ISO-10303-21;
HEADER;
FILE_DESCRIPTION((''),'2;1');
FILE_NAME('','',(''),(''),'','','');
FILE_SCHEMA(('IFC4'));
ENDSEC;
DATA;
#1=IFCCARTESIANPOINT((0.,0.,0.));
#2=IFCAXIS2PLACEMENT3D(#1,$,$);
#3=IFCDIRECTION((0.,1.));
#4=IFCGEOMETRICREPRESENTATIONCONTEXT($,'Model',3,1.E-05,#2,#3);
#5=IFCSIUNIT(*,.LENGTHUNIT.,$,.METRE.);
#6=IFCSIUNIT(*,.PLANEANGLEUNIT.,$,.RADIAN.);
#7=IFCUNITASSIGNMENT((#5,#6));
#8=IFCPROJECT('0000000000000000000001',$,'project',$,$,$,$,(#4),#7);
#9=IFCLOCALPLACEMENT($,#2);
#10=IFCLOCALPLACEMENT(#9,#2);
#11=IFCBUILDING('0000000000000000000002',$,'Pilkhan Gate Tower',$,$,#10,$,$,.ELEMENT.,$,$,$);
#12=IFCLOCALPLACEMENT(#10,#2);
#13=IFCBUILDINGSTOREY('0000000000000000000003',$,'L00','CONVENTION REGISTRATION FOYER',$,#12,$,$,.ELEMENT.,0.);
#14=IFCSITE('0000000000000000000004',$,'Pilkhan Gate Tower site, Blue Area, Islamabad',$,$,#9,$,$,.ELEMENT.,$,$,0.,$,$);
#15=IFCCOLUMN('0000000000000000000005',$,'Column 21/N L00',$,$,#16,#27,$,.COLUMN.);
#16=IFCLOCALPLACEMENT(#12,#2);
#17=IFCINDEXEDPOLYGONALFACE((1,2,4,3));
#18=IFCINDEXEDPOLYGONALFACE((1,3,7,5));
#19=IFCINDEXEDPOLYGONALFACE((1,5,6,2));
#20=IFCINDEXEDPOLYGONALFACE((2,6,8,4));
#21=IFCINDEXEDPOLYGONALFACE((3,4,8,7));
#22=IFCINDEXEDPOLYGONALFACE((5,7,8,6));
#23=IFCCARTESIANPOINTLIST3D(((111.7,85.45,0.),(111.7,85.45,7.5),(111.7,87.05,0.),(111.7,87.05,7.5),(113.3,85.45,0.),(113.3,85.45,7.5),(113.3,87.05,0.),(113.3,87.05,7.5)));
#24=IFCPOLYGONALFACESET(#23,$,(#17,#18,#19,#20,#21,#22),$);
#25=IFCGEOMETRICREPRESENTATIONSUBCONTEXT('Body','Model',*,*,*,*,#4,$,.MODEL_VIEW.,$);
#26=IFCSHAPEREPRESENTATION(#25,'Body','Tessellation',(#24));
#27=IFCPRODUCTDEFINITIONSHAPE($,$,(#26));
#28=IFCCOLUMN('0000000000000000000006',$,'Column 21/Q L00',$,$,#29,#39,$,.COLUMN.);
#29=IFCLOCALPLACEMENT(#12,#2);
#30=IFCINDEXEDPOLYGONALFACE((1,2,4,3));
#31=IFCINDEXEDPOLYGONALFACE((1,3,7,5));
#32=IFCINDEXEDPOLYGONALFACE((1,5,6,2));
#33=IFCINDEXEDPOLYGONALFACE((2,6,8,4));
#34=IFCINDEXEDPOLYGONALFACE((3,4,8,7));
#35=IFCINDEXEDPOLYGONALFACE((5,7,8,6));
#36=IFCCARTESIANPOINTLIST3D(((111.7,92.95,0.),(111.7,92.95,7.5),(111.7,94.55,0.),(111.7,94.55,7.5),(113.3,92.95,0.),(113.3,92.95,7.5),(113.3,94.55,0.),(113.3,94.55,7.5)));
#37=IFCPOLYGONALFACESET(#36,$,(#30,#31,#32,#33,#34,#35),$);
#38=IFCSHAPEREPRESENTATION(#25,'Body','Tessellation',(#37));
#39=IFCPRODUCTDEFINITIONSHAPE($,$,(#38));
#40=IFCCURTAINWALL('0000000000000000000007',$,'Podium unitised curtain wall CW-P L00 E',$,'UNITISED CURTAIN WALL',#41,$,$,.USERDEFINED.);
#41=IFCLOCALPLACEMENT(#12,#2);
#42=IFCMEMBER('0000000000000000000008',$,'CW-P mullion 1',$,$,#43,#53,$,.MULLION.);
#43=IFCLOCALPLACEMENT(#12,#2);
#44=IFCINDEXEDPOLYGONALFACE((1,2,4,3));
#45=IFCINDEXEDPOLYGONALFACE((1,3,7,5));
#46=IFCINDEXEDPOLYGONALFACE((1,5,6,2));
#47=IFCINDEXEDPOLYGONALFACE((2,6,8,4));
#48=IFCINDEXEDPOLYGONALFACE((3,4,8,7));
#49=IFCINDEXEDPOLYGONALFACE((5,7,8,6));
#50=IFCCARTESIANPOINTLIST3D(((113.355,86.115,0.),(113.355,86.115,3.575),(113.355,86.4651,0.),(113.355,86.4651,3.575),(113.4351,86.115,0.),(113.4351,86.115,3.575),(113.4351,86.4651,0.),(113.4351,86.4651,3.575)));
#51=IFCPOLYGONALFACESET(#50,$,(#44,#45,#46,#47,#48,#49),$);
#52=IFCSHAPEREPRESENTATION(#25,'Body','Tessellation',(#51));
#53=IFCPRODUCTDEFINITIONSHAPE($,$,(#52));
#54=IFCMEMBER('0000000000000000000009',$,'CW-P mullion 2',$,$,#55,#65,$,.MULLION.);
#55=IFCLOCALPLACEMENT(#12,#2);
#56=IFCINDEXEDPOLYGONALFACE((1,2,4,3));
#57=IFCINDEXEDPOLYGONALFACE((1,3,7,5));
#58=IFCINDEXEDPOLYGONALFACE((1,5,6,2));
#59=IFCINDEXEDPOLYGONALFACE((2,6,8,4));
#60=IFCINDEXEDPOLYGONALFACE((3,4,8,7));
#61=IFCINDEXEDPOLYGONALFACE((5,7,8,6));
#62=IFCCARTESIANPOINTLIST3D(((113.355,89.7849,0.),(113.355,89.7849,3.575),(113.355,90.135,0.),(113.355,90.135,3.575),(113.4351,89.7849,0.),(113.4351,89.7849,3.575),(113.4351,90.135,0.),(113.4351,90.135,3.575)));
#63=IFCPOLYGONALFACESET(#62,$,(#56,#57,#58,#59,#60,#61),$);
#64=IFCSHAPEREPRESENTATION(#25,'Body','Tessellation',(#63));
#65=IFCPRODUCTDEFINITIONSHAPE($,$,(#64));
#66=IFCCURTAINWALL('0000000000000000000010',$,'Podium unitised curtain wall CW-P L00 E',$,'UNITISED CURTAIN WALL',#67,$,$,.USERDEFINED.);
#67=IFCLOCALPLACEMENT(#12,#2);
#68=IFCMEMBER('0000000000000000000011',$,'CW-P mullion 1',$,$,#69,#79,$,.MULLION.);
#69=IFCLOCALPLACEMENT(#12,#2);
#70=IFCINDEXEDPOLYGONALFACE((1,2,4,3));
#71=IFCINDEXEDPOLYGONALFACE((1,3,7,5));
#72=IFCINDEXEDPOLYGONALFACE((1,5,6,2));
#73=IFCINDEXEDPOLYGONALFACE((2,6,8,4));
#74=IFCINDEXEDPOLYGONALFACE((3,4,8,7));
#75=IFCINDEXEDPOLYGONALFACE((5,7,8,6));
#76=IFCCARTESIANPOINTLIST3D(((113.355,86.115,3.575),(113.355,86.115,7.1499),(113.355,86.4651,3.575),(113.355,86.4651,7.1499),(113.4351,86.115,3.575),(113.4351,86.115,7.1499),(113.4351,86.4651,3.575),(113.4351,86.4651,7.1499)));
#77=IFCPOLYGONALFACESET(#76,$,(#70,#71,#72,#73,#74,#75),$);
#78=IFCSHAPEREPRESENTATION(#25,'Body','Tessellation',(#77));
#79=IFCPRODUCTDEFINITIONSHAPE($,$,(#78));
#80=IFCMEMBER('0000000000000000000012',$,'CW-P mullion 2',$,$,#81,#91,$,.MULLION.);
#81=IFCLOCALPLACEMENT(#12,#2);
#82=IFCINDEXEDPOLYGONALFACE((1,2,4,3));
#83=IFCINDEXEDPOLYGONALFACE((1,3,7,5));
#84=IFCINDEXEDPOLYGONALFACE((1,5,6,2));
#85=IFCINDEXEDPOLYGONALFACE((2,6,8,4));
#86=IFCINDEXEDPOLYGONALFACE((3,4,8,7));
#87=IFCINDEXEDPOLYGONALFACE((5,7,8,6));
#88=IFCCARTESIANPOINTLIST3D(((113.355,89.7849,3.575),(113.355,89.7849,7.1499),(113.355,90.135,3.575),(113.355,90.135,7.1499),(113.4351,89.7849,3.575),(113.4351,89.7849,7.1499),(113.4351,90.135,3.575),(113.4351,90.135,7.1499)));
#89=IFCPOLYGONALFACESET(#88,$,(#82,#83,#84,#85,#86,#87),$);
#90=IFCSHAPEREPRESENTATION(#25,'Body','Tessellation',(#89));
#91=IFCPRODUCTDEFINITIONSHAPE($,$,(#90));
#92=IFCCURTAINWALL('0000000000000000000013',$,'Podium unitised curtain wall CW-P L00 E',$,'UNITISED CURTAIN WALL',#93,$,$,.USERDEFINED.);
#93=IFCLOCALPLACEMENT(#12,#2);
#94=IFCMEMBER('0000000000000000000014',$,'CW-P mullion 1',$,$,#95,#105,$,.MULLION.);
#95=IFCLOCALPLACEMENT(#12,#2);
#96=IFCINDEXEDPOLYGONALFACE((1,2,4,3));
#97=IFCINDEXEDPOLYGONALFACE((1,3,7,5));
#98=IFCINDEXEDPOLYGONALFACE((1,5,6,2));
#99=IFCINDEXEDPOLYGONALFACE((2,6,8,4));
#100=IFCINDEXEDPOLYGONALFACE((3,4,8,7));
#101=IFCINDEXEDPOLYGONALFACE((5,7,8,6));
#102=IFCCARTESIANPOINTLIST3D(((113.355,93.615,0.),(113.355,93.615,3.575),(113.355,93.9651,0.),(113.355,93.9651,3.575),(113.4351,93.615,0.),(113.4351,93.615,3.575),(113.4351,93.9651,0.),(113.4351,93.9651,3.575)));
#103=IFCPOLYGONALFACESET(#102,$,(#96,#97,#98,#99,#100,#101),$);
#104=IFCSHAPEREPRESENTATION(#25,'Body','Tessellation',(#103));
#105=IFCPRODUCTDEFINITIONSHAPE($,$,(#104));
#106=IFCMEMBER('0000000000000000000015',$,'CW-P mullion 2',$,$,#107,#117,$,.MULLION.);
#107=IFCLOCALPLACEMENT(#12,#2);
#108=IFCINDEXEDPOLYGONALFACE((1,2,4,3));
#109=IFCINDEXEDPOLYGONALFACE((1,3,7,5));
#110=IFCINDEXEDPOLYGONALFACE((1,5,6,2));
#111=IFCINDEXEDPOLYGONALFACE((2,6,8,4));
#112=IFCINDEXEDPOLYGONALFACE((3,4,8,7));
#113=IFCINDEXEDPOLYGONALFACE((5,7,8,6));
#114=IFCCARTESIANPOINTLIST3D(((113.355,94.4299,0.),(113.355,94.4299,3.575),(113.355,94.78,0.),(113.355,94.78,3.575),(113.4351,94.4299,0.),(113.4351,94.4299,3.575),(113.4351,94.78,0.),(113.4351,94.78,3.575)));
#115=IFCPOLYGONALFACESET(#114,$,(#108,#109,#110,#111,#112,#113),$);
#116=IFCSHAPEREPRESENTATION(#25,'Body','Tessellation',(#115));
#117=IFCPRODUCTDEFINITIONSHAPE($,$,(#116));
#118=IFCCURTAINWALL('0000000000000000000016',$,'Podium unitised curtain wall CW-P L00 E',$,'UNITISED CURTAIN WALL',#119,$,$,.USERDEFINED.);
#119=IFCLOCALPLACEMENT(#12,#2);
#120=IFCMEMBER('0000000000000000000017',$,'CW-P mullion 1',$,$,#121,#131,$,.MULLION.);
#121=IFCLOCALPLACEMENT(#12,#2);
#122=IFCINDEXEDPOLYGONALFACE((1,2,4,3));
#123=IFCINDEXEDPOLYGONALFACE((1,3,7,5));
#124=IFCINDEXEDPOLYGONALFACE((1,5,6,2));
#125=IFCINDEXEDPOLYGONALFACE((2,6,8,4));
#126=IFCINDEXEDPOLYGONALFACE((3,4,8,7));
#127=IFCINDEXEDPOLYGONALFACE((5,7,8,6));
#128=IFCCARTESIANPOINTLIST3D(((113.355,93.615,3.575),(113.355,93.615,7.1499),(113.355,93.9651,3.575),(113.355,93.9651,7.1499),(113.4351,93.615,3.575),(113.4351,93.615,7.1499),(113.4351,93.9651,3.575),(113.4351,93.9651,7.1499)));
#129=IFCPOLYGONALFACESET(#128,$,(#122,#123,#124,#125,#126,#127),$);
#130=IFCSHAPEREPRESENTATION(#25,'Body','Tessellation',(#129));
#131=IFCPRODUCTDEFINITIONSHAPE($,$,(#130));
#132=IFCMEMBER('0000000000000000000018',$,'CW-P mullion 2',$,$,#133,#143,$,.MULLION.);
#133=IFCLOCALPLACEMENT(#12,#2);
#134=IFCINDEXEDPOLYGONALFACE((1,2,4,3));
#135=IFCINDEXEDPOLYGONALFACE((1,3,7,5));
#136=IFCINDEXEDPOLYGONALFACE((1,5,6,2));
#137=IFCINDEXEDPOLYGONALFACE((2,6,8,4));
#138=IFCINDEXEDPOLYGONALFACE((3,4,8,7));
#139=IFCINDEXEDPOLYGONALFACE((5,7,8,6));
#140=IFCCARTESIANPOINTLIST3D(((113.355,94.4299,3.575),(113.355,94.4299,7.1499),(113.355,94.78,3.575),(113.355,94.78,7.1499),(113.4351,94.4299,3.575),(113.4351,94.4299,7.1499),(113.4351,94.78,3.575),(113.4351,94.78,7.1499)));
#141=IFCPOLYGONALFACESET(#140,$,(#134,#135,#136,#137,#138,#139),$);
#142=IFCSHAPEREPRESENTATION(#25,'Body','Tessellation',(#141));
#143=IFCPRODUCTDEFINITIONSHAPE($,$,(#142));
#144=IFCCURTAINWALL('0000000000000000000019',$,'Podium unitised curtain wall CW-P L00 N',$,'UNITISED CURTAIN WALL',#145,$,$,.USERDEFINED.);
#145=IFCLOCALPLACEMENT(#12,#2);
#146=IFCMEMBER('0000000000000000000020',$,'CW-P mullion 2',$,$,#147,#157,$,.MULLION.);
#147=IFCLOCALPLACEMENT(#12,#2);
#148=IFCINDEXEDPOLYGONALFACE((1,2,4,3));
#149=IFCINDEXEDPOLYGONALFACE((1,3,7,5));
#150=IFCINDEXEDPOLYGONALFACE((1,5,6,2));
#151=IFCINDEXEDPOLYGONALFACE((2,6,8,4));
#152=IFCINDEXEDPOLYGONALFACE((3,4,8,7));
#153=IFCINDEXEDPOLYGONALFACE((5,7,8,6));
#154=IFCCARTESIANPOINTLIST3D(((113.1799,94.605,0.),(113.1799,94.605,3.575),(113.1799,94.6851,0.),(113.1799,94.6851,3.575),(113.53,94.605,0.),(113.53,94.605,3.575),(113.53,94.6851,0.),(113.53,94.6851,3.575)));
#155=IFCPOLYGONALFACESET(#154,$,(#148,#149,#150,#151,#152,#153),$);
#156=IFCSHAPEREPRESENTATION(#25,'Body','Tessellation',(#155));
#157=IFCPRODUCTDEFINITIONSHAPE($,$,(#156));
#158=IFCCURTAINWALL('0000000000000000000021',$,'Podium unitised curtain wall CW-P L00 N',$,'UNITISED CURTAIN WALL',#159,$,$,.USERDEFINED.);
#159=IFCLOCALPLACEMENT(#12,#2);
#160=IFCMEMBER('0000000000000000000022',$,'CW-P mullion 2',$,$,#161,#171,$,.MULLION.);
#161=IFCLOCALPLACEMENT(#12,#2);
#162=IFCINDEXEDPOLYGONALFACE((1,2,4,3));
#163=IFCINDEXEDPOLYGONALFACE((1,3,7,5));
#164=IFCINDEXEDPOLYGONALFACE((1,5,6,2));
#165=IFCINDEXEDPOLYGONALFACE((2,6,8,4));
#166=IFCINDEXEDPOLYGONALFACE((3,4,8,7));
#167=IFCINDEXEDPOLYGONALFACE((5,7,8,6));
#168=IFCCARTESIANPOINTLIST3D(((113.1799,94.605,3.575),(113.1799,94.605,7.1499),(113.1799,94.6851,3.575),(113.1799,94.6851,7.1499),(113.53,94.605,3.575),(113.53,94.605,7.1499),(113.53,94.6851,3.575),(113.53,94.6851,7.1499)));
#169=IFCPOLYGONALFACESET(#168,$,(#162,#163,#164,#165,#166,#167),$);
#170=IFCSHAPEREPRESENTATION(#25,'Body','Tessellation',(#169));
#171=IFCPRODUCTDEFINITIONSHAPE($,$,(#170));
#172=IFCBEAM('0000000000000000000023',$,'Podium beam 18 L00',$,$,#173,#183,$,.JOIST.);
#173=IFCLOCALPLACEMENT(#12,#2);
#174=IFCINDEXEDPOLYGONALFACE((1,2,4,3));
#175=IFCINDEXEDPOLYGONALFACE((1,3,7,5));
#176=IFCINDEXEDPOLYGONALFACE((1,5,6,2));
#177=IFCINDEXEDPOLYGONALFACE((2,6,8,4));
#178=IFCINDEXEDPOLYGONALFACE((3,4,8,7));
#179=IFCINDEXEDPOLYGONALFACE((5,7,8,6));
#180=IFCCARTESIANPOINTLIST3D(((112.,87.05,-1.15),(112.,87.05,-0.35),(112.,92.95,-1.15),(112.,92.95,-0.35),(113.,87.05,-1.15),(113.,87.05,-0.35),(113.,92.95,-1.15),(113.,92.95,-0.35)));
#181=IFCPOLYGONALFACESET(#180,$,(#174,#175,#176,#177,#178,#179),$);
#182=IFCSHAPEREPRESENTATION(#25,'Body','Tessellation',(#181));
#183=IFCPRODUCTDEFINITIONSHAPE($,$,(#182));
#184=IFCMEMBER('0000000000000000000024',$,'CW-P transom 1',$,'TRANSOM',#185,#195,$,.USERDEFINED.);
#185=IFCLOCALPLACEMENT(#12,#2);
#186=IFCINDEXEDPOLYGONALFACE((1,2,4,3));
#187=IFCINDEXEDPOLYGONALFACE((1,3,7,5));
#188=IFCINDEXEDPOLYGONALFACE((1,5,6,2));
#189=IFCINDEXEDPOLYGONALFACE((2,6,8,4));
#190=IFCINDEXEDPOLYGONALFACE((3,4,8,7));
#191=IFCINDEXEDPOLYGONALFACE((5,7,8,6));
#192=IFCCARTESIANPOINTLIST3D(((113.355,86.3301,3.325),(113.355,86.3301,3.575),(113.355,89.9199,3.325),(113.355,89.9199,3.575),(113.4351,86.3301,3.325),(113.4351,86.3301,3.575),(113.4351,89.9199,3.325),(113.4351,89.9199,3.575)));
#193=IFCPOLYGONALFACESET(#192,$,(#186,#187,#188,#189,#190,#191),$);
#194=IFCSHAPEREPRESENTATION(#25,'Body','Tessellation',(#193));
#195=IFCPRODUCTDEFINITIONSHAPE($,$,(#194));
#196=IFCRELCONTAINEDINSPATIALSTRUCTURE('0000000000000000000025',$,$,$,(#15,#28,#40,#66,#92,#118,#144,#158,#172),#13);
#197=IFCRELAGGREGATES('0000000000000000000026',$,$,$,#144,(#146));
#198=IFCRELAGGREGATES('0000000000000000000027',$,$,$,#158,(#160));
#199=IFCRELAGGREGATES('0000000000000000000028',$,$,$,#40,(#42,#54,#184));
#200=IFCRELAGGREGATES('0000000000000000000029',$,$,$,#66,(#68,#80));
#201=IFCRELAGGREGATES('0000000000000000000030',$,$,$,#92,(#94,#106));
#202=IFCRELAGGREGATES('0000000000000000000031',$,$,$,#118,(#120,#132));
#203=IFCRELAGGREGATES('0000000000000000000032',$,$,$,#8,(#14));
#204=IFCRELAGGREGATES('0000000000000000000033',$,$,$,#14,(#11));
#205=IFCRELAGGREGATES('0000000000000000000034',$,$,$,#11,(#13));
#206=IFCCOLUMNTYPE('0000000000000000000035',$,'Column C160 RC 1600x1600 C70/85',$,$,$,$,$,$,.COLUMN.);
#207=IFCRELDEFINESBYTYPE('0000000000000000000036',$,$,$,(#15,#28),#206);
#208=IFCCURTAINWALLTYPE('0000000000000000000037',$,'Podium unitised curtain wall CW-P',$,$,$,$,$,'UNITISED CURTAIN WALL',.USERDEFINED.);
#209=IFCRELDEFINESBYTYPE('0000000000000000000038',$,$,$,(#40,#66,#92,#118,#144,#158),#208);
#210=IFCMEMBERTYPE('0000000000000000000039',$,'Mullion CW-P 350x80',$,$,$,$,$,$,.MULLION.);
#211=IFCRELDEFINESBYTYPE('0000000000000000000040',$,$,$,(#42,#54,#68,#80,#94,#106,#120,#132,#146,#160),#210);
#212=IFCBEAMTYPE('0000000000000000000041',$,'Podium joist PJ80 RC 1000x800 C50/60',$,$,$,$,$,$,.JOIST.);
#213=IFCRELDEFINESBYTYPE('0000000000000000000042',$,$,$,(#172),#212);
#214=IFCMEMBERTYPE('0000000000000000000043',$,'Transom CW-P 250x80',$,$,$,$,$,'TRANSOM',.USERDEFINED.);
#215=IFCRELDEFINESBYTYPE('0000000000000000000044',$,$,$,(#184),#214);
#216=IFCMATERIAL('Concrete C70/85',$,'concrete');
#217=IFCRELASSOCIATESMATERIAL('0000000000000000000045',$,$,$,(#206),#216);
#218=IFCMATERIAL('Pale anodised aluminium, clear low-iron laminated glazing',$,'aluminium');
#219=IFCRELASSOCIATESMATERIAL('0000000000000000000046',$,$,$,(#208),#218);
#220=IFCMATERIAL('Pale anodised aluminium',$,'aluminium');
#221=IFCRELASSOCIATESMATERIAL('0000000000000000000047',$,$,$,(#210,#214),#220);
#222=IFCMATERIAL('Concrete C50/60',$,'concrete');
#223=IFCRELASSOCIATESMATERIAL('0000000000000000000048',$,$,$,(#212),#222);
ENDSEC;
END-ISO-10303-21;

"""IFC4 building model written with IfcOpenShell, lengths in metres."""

from ifc_helpers import new_model, si_unit, direction, frame, origin, origin_2d, place, context, subcontext, project, spatial, rectangle, extrude, material, material_profile, profile_set, type_object, element, aggregate, save


model = new_model("IFC4")

# Units and contexts
model_context = context("Model", 3, precision=1e-05, world=origin(), true_north=direction((0.0, 1.0)))
body_context = subcontext(model_context, "Body", "Model", "MODEL_VIEW")
ifc_project = project(units=[si_unit("LENGTHUNIT", "METRE"), si_unit("PLANEANGLEUNIT", "RADIAN")], contexts=[model_context])

# Site, building, storey
site_placement = place(None, origin())
site = spatial("IfcSite", under=ifc_project, at=site_placement, Name="Pilkhan Gate Tower site, Blue Area, Islamabad", CompositionType="ELEMENT", RefElevation=0.0)
building_placement = place(site_placement, origin())
building = spatial("IfcBuilding", under=site, at=building_placement, Name="Pilkhan Gate Tower", CompositionType="ELEMENT")
storey_placement = place(building_placement, origin())
storey = spatial("IfcBuildingStorey", under=building, at=storey_placement, Name="L00", Description="CONVENTION REGISTRATION FOYER", CompositionType="ELEMENT", Elevation=0.0)

# Columns
ifc_material_1 = material(Name="Concrete C70/85", Category="concrete")
ifc_material_profile_1 = material_profile(ifc_material_1, rectangle(XDim=1.6001, YDim=1.6001, at=origin_2d()), Name="RC 1600x1600")
ifc_profile_set_1 = profile_set([ifc_material_profile_1], Name="Concrete C70/85")
column_type = type_object("IfcColumnType", Name="Column C160 RC 1600x1600 C70/85", PredefinedType="COLUMN", material=ifc_profile_set_1)
for number, where, z_axis, x_axis, name in (
    (1, (112.5, 86.25, 0.0), (0.0, 0.0, 1.0), (1.0, 0.0, 0.0), "Column 21/N L00"),
    (2, (112.5, 93.75, 0.0), (0.0, 0.0, 1.0), (1.0, 0.0, 0.0), "Column 21/Q L00"),
):
    element("IfcColumn", number, at=place(storey_placement, frame(where, z_axis=z_axis, x_axis=x_axis)), inside=storey, type_object=column_type, Name=name, PredefinedType="COLUMN", context=body_context, shape_type="SweptSolid", body=[
        extrude(rectangle(XDim=1.6001, YDim=1.6001, at=origin_2d()), origin(), (0.0, 0.0, 1.0), 7.5),
    ])

# Curtain walls, members
ifc_material_2 = material(Name="Pale anodised aluminium, clear low-iron laminated glazing", Category="aluminium")
curtain_wall_type = type_object("IfcCurtainWallType", Name="Podium unitised curtain wall CW-P", ElementType="UNITISED CURTAIN WALL", PredefinedType="USERDEFINED", material=ifc_material_2)
curtain_wall_1_placement = place(storey_placement, origin())
curtain_wall_1 = element("IfcCurtainWall", 3, at=curtain_wall_1_placement, inside=storey, type_object=curtain_wall_type, Name="Podium unitised curtain wall CW-P L00 E", ObjectType="UNITISED CURTAIN WALL", PredefinedType="USERDEFINED")
ifc_material_3 = material(Name="Pale anodised aluminium", Category="aluminium")
ifc_material_profile_2 = material_profile(ifc_material_3, rectangle(XDim=0.0801, YDim=0.3501, at=origin_2d()), Name="Mullion 350x80")
ifc_profile_set_2 = profile_set([ifc_material_profile_2], Name="Pale anodised aluminium")
member_type_1 = type_object("IfcMemberType", Name="Mullion CW-P 350x80", PredefinedType="MULLION", material=ifc_profile_set_2)
member_1_placement = place(storey_placement, frame((113.395, 86.29, 0.0), z_axis=(0.0, 0.0, 1.0), x_axis=(-1.0, 0.0, 0.0)))
member_1 = element("IfcMember", 4, at=member_1_placement, type_object=member_type_1, Name="CW-P mullion 1", PredefinedType="MULLION", context=body_context, shape_type="SweptSolid", body=[
    extrude(rectangle(XDim=0.0801, YDim=0.3501, at=origin_2d()), origin(), (0.0, 0.0, 1.0), 3.575),
])
member_2_placement = place(storey_placement, frame((113.395, 89.96, 0.0), z_axis=(0.0, 0.0, 1.0), x_axis=(-1.0, 0.0, 0.0)))
member_2 = element("IfcMember", 5, at=member_2_placement, type_object=member_type_1, Name="CW-P mullion 2", PredefinedType="MULLION", context=body_context, shape_type="SweptSolid", body=[
    extrude(rectangle(XDim=0.0801, YDim=0.3501, at=origin_2d()), origin(), (0.0, 0.0, 1.0), 3.575),
])
curtain_wall_2_placement = place(storey_placement, origin())
curtain_wall_2 = element("IfcCurtainWall", 6, at=curtain_wall_2_placement, inside=storey, type_object=curtain_wall_type, Name="Podium unitised curtain wall CW-P L00 E", ObjectType="UNITISED CURTAIN WALL", PredefinedType="USERDEFINED")
member_3_placement = place(storey_placement, frame((113.395, 86.29, 3.575), z_axis=(0.0, 0.0, 1.0), x_axis=(-1.0, 0.0, 0.0)))
member_3 = element("IfcMember", 7, at=member_3_placement, type_object=member_type_1, Name="CW-P mullion 1", PredefinedType="MULLION", context=body_context, shape_type="SweptSolid", body=[
    extrude(rectangle(XDim=0.0801, YDim=0.3501, at=origin_2d()), origin(), (0.0, 0.0, 1.0), 3.575),
])
member_4_placement = place(storey_placement, frame((113.395, 89.96, 3.575), z_axis=(0.0, 0.0, 1.0), x_axis=(-1.0, 0.0, 0.0)))
member_4 = element("IfcMember", 8, at=member_4_placement, type_object=member_type_1, Name="CW-P mullion 2", PredefinedType="MULLION", context=body_context, shape_type="SweptSolid", body=[
    extrude(rectangle(XDim=0.0801, YDim=0.3501, at=origin_2d()), origin(), (0.0, 0.0, 1.0), 3.575),
])
curtain_wall_3_placement = place(storey_placement, origin())
curtain_wall_3 = element("IfcCurtainWall", 9, at=curtain_wall_3_placement, inside=storey, type_object=curtain_wall_type, Name="Podium unitised curtain wall CW-P L00 E", ObjectType="UNITISED CURTAIN WALL", PredefinedType="USERDEFINED")
member_5_placement = place(storey_placement, frame((113.395, 93.79, 0.0), z_axis=(0.0, 0.0, 1.0), x_axis=(-1.0, 0.0, 0.0)))
member_5 = element("IfcMember", 10, at=member_5_placement, type_object=member_type_1, Name="CW-P mullion 1", PredefinedType="MULLION", context=body_context, shape_type="SweptSolid", body=[
    extrude(rectangle(XDim=0.0801, YDim=0.3501, at=origin_2d()), origin(), (0.0, 0.0, 1.0), 3.575),
])
member_6_placement = place(storey_placement, frame((113.395, 94.605, 0.0), z_axis=(0.0, 0.0, 1.0), x_axis=(-1.0, 0.0, 0.0)))
member_6 = element("IfcMember", 11, at=member_6_placement, type_object=member_type_1, Name="CW-P mullion 2", PredefinedType="MULLION", context=body_context, shape_type="SweptSolid", body=[
    extrude(rectangle(XDim=0.0801, YDim=0.3501, at=origin_2d()), origin(), (0.0, 0.0, 1.0), 3.575),
])
curtain_wall_4_placement = place(storey_placement, origin())
curtain_wall_4 = element("IfcCurtainWall", 12, at=curtain_wall_4_placement, inside=storey, type_object=curtain_wall_type, Name="Podium unitised curtain wall CW-P L00 E", ObjectType="UNITISED CURTAIN WALL", PredefinedType="USERDEFINED")
member_7_placement = place(storey_placement, frame((113.395, 93.79, 3.575), z_axis=(0.0, 0.0, 1.0), x_axis=(-1.0, 0.0, 0.0)))
member_7 = element("IfcMember", 13, at=member_7_placement, type_object=member_type_1, Name="CW-P mullion 1", PredefinedType="MULLION", context=body_context, shape_type="SweptSolid", body=[
    extrude(rectangle(XDim=0.0801, YDim=0.3501, at=origin_2d()), origin(), (0.0, 0.0, 1.0), 3.575),
])
member_8_placement = place(storey_placement, frame((113.395, 94.605, 3.575), z_axis=(0.0, 0.0, 1.0), x_axis=(-1.0, 0.0, 0.0)))
member_8 = element("IfcMember", 14, at=member_8_placement, type_object=member_type_1, Name="CW-P mullion 2", PredefinedType="MULLION", context=body_context, shape_type="SweptSolid", body=[
    extrude(rectangle(XDim=0.0801, YDim=0.3501, at=origin_2d()), origin(), (0.0, 0.0, 1.0), 3.575),
])

# Curtain walls, members
curtain_wall_5_placement = place(storey_placement, origin())
curtain_wall_5 = element("IfcCurtainWall", 15, at=curtain_wall_5_placement, inside=storey, type_object=curtain_wall_type, Name="Podium unitised curtain wall CW-P L00 N", ObjectType="UNITISED CURTAIN WALL", PredefinedType="USERDEFINED")
member_9_placement = place(storey_placement, frame((113.355, 94.645, 0.0), z_axis=(0.0, 0.0, 1.0), x_axis=(0.0, 1.0, 0.0)))
member_9 = element("IfcMember", 16, at=member_9_placement, type_object=member_type_1, Name="CW-P mullion 2", PredefinedType="MULLION", context=body_context, shape_type="SweptSolid", body=[
    extrude(rectangle(XDim=0.0801, YDim=0.3501, at=origin_2d()), origin(), (0.0, 0.0, 1.0), 3.575),
])
aggregate(curtain_wall_5, [member_9])
curtain_wall_6_placement = place(storey_placement, origin())
curtain_wall_6 = element("IfcCurtainWall", 17, at=curtain_wall_6_placement, inside=storey, type_object=curtain_wall_type, Name="Podium unitised curtain wall CW-P L00 N", ObjectType="UNITISED CURTAIN WALL", PredefinedType="USERDEFINED")
member_10_placement = place(storey_placement, frame((113.355, 94.645, 3.575), z_axis=(0.0, 0.0, 1.0), x_axis=(0.0, 1.0, 0.0)))
member_10 = element("IfcMember", 18, at=member_10_placement, type_object=member_type_1, Name="CW-P mullion 2", PredefinedType="MULLION", context=body_context, shape_type="SweptSolid", body=[
    extrude(rectangle(XDim=0.0801, YDim=0.3501, at=origin_2d()), origin(), (0.0, 0.0, 1.0), 3.575),
])
aggregate(curtain_wall_6, [member_10])

# Beam
ifc_material_4 = material(Name="Concrete C50/60", Category="concrete")
ifc_material_profile_3 = material_profile(ifc_material_4, rectangle(XDim=1.0, YDim=0.8, at=origin_2d()), Name="RC 1000x800")
ifc_profile_set_3 = profile_set([ifc_material_profile_3], Name="Concrete C50/60")
beam_type = type_object("IfcBeamType", Name="Podium joist PJ80 RC 1000x800 C50/60", PredefinedType="JOIST", material=ifc_profile_set_3)
beam_placement = place(storey_placement, frame((112.5, 87.05, -0.75), z_axis=(0.0, 1.0, 0.0), x_axis=(-1.0, 0.0, 0.0)))
element("IfcBeam", 19, at=beam_placement, inside=storey, type_object=beam_type, Name="Podium beam 18 L00", PredefinedType="JOIST", context=body_context, shape_type="SweptSolid", body=[
    extrude(rectangle(XDim=1.0, YDim=0.8, at=origin_2d()), origin(), (0.0, 0.0, 1.0), 5.8999),
])

# Member
ifc_material_profile_4 = material_profile(ifc_material_3, rectangle(XDim=0.0801, YDim=0.25, at=origin_2d()), Name="Transom 250x80")
ifc_profile_set_4 = profile_set([ifc_material_profile_4], Name="Pale anodised aluminium")
member_type_2 = type_object("IfcMemberType", Name="Transom CW-P 250x80", ElementType="TRANSOM", PredefinedType="USERDEFINED", material=ifc_profile_set_4)
member_11_placement = place(storey_placement, frame((113.395, 86.3301, 3.45), z_axis=(0.0, 1.0, 0.0), x_axis=(-1.0, 0.0, 0.0)))
member_11 = element("IfcMember", 20, at=member_11_placement, type_object=member_type_2, Name="CW-P transom 1", ObjectType="TRANSOM", PredefinedType="USERDEFINED", context=body_context, shape_type="SweptSolid", body=[
    extrude(rectangle(XDim=0.0801, YDim=0.25, at=origin_2d()), origin(), (0.0, 0.0, 1.0), 3.5898),
])

aggregate(curtain_wall_1, [member_1, member_2, member_11])
aggregate(curtain_wall_2, [member_3, member_4])
aggregate(curtain_wall_3, [member_5, member_6])
aggregate(curtain_wall_4, [member_7, member_8])

save(model, "model.ifc")
